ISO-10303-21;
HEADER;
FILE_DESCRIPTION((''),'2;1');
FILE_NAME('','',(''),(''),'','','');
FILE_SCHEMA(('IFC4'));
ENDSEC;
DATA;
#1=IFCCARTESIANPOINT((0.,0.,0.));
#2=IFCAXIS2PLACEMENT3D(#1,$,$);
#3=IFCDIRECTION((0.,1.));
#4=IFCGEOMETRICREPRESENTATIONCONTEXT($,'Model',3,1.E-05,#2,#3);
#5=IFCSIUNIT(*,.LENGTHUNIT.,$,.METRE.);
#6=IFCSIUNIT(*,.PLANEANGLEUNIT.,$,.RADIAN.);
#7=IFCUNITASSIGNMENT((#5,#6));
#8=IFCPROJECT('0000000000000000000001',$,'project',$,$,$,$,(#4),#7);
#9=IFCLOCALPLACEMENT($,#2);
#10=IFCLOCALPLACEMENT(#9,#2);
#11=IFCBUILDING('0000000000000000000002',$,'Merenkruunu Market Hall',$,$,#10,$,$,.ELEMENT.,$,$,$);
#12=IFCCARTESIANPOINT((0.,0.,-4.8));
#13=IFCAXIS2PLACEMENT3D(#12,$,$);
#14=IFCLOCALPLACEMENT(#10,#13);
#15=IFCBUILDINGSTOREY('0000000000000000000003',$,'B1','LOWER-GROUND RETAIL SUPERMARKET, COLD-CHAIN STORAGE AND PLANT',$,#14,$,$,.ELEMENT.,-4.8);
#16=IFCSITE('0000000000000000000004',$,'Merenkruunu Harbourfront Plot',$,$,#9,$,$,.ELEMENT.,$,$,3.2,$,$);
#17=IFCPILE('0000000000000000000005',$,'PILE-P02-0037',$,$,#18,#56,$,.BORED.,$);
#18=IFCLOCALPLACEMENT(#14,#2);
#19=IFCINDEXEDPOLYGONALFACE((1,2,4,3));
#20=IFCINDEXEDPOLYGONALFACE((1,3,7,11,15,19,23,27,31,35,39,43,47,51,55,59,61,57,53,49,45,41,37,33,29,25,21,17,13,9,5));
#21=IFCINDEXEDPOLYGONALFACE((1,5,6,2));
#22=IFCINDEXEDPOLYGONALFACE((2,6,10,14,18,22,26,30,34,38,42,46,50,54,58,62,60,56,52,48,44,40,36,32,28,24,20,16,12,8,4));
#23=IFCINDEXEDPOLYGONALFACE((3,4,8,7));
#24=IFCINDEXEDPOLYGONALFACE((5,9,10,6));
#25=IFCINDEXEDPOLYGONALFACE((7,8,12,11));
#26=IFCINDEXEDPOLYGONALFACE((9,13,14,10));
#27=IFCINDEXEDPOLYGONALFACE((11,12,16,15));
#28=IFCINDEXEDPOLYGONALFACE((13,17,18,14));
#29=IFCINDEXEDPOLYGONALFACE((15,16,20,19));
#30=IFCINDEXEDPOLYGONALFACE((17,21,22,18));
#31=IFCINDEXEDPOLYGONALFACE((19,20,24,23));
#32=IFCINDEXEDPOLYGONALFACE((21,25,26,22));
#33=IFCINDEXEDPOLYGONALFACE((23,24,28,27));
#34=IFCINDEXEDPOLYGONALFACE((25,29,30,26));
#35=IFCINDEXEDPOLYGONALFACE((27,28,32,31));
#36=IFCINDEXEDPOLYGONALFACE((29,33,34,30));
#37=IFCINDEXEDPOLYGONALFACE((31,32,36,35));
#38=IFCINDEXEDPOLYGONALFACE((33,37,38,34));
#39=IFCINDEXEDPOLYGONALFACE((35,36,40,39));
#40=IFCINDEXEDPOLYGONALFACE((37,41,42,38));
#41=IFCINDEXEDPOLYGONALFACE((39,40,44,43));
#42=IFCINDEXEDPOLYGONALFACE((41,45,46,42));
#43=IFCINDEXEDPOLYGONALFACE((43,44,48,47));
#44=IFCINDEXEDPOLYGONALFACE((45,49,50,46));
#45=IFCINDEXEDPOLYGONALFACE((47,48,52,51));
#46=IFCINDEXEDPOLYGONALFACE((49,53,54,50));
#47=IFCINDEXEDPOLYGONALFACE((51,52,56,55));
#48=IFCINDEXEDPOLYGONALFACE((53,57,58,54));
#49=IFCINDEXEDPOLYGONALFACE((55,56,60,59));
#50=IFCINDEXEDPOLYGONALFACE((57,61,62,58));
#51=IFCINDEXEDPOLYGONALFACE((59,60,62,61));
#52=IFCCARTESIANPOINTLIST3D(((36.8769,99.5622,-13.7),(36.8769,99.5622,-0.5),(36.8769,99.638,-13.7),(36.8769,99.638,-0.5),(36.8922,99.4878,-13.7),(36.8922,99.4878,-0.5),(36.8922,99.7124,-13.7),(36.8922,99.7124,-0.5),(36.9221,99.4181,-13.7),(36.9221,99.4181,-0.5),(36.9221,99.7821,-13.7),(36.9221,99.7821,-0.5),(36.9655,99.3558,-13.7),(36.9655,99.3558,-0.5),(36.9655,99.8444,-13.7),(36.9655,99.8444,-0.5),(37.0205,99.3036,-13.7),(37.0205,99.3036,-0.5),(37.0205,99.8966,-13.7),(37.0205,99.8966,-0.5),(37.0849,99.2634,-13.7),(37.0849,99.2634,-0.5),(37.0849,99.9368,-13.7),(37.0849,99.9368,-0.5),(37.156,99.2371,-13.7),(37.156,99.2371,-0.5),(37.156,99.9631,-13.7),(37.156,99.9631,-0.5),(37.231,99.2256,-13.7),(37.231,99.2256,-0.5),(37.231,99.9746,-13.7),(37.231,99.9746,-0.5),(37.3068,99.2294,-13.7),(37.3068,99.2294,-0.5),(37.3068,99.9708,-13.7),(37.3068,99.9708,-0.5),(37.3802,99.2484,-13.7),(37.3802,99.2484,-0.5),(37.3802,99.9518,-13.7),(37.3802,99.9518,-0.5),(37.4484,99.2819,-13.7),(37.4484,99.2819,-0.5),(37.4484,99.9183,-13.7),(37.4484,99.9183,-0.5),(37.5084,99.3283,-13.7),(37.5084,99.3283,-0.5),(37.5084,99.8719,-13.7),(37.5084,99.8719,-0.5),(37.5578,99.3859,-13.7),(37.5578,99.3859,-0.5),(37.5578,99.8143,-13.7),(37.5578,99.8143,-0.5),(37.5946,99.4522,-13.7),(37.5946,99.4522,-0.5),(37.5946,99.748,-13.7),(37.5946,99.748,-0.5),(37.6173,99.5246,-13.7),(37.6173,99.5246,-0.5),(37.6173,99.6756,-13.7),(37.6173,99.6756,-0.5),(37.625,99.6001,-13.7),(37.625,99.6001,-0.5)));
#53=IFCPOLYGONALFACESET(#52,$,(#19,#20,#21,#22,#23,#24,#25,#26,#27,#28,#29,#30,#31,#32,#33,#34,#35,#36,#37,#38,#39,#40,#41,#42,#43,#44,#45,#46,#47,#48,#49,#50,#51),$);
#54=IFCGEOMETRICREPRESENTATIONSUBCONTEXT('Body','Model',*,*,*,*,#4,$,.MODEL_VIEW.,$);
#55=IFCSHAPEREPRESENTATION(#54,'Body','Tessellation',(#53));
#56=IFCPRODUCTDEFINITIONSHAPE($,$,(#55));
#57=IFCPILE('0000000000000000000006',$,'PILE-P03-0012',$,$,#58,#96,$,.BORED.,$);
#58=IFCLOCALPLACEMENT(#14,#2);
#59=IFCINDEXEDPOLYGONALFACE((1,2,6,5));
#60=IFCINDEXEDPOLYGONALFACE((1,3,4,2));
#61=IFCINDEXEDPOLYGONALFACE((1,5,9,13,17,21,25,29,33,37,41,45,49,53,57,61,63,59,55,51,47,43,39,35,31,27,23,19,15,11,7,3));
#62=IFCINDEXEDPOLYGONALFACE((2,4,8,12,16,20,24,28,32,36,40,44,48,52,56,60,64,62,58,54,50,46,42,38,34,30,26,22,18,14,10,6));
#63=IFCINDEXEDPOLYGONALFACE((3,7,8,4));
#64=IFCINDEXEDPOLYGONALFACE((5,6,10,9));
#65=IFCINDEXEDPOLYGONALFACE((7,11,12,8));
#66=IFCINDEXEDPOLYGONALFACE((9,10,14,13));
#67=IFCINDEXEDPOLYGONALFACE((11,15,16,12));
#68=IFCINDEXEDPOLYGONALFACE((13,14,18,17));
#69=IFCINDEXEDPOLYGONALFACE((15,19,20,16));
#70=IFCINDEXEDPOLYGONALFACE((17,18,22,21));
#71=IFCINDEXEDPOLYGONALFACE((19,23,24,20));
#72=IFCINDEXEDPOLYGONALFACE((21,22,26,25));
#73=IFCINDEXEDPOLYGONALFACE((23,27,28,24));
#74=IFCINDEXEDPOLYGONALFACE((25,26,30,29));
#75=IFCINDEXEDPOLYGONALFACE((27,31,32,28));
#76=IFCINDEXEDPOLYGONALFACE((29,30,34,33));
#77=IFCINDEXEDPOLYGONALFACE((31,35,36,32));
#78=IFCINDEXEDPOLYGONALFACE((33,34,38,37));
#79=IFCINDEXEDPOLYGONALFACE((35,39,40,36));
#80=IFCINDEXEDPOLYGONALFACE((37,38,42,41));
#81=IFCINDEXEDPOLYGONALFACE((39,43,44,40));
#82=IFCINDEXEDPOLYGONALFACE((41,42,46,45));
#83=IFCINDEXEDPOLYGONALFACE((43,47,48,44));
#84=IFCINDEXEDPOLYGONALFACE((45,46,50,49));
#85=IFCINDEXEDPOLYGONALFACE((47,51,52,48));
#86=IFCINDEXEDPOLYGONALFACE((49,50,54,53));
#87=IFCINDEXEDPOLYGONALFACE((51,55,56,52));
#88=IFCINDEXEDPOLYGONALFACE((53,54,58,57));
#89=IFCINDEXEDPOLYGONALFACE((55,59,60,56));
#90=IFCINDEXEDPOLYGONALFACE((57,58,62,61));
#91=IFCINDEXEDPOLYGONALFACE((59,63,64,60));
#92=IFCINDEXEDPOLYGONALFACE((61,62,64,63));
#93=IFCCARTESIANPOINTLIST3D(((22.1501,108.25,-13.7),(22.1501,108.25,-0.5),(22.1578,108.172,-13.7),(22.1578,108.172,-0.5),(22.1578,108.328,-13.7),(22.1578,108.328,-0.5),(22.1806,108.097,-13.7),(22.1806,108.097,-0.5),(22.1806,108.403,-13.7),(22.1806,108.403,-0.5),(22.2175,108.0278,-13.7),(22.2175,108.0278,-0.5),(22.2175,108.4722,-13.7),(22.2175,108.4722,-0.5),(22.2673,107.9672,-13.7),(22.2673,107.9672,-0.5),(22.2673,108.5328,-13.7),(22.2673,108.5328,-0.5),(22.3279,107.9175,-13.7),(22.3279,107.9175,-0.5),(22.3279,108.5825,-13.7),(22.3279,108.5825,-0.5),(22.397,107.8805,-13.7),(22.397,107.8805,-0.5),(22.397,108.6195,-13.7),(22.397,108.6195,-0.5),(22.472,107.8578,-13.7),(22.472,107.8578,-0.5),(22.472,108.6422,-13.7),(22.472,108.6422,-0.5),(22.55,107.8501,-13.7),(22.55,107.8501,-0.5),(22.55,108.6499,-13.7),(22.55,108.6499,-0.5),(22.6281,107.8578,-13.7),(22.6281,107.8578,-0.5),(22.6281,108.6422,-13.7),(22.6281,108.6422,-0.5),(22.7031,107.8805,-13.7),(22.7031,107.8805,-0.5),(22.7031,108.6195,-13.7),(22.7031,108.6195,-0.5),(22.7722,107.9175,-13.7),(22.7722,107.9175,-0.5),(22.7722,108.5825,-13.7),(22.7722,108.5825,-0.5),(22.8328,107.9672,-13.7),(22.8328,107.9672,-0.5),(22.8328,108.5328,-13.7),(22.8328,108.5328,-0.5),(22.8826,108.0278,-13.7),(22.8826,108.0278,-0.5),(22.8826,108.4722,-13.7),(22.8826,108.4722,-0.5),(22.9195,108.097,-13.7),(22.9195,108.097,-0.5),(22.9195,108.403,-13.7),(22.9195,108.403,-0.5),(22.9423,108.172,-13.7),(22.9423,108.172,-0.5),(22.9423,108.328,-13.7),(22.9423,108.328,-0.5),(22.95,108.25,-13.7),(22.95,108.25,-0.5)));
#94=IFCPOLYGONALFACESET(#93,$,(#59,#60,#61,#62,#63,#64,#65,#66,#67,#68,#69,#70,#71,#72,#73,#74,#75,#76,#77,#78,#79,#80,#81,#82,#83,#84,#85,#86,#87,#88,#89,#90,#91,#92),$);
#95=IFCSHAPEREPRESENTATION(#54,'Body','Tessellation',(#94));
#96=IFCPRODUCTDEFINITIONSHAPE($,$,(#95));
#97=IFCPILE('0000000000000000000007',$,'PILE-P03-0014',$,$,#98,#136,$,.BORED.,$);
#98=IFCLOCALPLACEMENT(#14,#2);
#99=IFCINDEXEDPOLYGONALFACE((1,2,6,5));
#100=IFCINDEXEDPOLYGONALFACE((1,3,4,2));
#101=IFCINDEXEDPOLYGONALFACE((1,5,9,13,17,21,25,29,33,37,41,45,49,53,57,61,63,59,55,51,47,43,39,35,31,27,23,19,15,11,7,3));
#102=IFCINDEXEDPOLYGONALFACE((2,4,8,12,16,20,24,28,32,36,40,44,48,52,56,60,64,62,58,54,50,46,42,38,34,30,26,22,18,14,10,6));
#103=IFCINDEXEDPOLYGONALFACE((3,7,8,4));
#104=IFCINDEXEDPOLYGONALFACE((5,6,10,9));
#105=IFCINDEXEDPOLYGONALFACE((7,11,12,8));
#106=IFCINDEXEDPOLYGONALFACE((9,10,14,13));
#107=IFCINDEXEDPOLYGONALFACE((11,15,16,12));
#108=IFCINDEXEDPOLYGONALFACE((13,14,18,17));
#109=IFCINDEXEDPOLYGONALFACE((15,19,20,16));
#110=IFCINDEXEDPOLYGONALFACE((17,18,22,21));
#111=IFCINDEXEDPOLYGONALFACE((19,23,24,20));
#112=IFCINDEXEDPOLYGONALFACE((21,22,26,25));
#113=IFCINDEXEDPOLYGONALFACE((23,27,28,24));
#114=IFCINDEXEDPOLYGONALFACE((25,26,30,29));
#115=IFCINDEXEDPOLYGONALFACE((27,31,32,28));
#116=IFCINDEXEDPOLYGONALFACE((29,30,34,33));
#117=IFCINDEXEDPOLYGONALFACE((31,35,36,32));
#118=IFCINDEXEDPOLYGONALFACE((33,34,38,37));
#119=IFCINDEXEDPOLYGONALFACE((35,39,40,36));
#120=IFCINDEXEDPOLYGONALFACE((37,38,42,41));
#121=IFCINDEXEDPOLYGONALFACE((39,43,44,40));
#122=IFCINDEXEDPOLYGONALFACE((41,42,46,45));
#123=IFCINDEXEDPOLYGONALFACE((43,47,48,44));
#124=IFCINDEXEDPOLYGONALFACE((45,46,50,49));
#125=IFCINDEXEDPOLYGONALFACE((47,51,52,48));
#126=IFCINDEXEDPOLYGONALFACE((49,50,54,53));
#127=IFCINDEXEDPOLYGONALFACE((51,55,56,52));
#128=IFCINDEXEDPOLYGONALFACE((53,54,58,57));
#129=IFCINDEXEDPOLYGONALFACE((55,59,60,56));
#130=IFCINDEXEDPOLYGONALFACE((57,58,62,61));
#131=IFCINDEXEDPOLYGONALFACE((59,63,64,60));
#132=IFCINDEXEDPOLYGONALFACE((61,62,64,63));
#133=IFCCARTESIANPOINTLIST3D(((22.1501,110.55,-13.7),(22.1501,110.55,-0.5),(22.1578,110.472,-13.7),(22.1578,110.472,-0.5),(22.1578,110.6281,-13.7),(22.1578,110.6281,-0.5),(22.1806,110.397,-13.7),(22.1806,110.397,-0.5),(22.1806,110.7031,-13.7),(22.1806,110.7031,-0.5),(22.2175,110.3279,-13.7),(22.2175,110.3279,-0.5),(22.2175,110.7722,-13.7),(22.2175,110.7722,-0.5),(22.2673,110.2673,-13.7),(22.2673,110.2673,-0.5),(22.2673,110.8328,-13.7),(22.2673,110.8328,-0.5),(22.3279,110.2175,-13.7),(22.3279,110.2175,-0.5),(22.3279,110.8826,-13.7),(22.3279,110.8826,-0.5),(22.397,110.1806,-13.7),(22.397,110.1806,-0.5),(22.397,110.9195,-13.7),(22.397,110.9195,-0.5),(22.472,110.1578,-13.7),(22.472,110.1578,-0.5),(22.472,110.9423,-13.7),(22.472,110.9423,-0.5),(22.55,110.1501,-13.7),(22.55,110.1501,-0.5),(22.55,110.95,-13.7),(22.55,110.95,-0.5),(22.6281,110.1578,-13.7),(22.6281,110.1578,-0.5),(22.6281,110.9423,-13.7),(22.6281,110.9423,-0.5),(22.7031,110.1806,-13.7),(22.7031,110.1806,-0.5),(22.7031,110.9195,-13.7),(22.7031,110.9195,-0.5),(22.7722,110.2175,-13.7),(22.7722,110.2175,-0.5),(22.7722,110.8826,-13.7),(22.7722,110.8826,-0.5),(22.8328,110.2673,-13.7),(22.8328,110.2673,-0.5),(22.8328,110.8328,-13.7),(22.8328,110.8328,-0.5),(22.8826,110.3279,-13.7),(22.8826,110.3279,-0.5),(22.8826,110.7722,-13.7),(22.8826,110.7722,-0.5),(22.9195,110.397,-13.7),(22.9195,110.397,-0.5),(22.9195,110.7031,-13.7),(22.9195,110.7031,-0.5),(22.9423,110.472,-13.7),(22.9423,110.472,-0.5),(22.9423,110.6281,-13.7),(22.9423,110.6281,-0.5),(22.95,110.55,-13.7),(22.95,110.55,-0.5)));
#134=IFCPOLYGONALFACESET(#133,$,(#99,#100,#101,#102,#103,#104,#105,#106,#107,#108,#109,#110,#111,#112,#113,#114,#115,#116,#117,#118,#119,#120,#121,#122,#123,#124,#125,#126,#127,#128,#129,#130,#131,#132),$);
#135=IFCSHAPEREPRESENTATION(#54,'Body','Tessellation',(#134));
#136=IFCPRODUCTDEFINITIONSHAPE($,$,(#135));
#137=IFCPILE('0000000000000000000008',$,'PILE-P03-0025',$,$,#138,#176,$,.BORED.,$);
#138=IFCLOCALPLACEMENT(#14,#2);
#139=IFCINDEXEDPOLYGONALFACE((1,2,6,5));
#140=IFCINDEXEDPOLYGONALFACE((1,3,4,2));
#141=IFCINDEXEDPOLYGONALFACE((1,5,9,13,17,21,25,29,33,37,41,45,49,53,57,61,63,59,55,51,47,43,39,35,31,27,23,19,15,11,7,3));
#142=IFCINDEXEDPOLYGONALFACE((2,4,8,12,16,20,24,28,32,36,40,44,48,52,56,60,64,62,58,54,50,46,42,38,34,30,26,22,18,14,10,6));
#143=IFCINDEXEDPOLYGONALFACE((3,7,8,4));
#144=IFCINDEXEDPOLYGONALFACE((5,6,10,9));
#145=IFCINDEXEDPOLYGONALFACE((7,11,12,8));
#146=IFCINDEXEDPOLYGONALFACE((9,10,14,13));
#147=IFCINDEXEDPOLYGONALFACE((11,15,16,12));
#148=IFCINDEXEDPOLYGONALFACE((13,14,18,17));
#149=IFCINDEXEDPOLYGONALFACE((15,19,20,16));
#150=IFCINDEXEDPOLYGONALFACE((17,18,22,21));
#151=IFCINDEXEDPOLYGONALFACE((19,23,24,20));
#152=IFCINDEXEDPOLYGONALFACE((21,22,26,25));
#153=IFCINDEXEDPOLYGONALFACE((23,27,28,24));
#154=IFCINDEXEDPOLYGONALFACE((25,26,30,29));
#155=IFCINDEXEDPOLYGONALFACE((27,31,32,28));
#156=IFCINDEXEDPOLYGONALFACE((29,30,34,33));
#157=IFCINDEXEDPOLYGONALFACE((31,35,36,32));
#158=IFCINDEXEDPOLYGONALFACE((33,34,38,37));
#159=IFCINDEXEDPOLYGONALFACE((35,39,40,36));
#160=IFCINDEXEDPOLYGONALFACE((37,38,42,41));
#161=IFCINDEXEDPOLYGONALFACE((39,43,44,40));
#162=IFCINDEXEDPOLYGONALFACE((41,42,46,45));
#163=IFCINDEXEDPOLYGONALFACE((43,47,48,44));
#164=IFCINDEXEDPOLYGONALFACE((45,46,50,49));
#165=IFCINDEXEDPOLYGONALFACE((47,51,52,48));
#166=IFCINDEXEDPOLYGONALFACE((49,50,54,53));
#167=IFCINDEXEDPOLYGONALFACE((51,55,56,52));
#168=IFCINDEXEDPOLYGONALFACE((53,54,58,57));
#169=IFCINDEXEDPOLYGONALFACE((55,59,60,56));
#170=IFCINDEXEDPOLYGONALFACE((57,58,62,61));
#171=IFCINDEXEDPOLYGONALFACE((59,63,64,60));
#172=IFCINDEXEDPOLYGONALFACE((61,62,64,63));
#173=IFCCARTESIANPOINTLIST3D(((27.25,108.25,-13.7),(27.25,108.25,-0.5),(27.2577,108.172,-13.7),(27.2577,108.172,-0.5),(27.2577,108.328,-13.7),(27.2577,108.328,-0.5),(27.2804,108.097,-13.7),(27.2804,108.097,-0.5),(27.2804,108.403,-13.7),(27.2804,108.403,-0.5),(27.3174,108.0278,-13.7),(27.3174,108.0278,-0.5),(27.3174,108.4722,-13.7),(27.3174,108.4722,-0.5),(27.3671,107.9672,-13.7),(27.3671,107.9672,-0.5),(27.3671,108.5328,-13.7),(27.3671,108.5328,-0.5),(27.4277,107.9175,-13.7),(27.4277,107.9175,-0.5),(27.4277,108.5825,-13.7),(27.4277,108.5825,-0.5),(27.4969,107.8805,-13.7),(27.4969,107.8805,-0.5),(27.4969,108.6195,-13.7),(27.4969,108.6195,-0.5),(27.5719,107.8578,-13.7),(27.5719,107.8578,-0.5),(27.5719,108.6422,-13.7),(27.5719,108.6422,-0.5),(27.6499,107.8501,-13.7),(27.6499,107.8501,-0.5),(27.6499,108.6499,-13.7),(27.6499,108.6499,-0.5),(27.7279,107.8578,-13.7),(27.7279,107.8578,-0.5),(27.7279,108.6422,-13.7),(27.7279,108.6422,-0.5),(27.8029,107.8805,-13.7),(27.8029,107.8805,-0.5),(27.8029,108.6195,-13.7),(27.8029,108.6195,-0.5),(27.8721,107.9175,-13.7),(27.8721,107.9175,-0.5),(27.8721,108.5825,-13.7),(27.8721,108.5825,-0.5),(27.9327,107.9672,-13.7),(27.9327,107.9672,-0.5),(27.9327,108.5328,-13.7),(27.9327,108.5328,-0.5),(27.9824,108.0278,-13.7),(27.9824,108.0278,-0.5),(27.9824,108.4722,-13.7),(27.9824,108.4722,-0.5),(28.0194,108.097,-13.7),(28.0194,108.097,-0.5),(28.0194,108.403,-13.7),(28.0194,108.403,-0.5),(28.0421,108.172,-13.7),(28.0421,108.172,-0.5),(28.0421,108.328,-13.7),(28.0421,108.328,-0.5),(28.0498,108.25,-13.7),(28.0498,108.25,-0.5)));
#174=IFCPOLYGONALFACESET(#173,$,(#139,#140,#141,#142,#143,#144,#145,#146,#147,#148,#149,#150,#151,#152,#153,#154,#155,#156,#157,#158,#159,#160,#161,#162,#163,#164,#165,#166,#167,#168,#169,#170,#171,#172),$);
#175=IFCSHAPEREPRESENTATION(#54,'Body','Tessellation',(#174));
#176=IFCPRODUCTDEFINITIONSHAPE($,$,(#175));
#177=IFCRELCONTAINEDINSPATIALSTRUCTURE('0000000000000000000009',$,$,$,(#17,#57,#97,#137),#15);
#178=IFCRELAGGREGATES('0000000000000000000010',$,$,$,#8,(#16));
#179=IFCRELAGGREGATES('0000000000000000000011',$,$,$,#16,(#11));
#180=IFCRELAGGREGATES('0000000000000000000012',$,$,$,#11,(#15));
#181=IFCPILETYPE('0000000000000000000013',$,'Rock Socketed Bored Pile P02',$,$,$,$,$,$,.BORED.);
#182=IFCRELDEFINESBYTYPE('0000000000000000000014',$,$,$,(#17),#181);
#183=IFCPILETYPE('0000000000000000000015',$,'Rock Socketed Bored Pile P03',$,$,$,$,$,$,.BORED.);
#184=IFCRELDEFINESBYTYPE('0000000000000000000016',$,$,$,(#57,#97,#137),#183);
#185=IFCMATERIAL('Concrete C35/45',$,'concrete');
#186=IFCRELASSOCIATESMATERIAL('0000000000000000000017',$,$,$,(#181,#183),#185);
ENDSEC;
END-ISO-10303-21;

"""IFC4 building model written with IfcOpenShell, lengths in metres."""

from ifc_helpers import new_model, si_unit, direction, frame, origin, origin_2d, place, context, subcontext, project, spatial, circle, extrude, material, material_profile, profile_set, type_object, element, save


model = new_model("IFC4")

# Units and contexts
model_context = context("Model", 3, precision=1e-05, world=origin(), true_north=direction((0.0, 1.0)))
body_context = subcontext(model_context, "Body", "Model", "MODEL_VIEW")
ifc_project = project(units=[si_unit("LENGTHUNIT", "METRE"), si_unit("PLANEANGLEUNIT", "RADIAN")], contexts=[model_context])

# Site, building, storey
site_placement = place(None, origin())
site = spatial("IfcSite", under=ifc_project, at=site_placement, Name="Merenkruunu Harbourfront Plot", CompositionType="ELEMENT", RefElevation=3.2)
building_placement = place(site_placement, origin())
building = spatial("IfcBuilding", under=site, at=building_placement, Name="Merenkruunu Market Hall", CompositionType="ELEMENT")
storey_placement = place(building_placement, frame((0.0, 0.0, -4.8)))
storey = spatial("IfcBuildingStorey", under=building, at=storey_placement, Name="B1", Description="LOWER-GROUND RETAIL SUPERMARKET, COLD-CHAIN STORAGE AND PLANT", CompositionType="ELEMENT", Elevation=-4.8)

# Piles
ifc_material_1 = material(Name="Concrete C35/45", Category="concrete")
ifc_material_profile_1 = material_profile(ifc_material_1, circle(Radius=0.375, at=origin_2d()), Name="BORED PILE 750")
ifc_profile_set_1 = profile_set([ifc_material_profile_1], Name="Concrete C35/45")
pile_type_1 = type_object("IfcPileType", Name="Rock Socketed Bored Pile P02", PredefinedType="BORED", material=ifc_profile_set_1)
for number, where, z_axis, x_axis, name in (
    (1, (37.25, 99.6001, -0.5), (0.0, 0.0, -1.0), (1.0, 0.0, 0.0), "PILE-P02-0037"),
):
    element("IfcPile", number, at=place(storey_placement, frame(where, z_axis=z_axis, x_axis=x_axis)), inside=storey, type_object=pile_type_1, Name=name, PredefinedType="BORED", context=body_context, shape_type="SweptSolid", body=[
        extrude(circle(Radius=0.375, at=origin_2d()), origin(), (0.0, 0.0, 1.0), 13.2),
    ])
ifc_material_profile_2 = material_profile(ifc_material_1, circle(Radius=0.3999, at=origin_2d()), Name="BORED PILE 800")
ifc_profile_set_2 = profile_set([ifc_material_profile_2], Name="Concrete C35/45")
pile_type_2 = type_object("IfcPileType", Name="Rock Socketed Bored Pile P03", PredefinedType="BORED", material=ifc_profile_set_2)
for number, where, z_axis, x_axis, name in (
    (2, (22.55, 108.25, -0.5), (0.0, 0.0, -1.0), (1.0, 0.0, 0.0), "PILE-P03-0012"),
    (3, (22.55, 110.55, -0.5), (0.0, 0.0, -1.0), (1.0, 0.0, 0.0), "PILE-P03-0014"),
    (4, (27.6499, 108.25, -0.5), (0.0, 0.0, -1.0), (1.0, 0.0, 0.0), "PILE-P03-0025"),
):
    element("IfcPile", number, at=place(storey_placement, frame(where, z_axis=z_axis, x_axis=x_axis)), inside=storey, type_object=pile_type_2, Name=name, PredefinedType="BORED", context=body_context, shape_type="SweptSolid", body=[
        extrude(circle(Radius=0.3999, at=origin_2d()), origin(), (0.0, 0.0, 1.0), 13.2),
    ])

save(model, "model.ifc")
